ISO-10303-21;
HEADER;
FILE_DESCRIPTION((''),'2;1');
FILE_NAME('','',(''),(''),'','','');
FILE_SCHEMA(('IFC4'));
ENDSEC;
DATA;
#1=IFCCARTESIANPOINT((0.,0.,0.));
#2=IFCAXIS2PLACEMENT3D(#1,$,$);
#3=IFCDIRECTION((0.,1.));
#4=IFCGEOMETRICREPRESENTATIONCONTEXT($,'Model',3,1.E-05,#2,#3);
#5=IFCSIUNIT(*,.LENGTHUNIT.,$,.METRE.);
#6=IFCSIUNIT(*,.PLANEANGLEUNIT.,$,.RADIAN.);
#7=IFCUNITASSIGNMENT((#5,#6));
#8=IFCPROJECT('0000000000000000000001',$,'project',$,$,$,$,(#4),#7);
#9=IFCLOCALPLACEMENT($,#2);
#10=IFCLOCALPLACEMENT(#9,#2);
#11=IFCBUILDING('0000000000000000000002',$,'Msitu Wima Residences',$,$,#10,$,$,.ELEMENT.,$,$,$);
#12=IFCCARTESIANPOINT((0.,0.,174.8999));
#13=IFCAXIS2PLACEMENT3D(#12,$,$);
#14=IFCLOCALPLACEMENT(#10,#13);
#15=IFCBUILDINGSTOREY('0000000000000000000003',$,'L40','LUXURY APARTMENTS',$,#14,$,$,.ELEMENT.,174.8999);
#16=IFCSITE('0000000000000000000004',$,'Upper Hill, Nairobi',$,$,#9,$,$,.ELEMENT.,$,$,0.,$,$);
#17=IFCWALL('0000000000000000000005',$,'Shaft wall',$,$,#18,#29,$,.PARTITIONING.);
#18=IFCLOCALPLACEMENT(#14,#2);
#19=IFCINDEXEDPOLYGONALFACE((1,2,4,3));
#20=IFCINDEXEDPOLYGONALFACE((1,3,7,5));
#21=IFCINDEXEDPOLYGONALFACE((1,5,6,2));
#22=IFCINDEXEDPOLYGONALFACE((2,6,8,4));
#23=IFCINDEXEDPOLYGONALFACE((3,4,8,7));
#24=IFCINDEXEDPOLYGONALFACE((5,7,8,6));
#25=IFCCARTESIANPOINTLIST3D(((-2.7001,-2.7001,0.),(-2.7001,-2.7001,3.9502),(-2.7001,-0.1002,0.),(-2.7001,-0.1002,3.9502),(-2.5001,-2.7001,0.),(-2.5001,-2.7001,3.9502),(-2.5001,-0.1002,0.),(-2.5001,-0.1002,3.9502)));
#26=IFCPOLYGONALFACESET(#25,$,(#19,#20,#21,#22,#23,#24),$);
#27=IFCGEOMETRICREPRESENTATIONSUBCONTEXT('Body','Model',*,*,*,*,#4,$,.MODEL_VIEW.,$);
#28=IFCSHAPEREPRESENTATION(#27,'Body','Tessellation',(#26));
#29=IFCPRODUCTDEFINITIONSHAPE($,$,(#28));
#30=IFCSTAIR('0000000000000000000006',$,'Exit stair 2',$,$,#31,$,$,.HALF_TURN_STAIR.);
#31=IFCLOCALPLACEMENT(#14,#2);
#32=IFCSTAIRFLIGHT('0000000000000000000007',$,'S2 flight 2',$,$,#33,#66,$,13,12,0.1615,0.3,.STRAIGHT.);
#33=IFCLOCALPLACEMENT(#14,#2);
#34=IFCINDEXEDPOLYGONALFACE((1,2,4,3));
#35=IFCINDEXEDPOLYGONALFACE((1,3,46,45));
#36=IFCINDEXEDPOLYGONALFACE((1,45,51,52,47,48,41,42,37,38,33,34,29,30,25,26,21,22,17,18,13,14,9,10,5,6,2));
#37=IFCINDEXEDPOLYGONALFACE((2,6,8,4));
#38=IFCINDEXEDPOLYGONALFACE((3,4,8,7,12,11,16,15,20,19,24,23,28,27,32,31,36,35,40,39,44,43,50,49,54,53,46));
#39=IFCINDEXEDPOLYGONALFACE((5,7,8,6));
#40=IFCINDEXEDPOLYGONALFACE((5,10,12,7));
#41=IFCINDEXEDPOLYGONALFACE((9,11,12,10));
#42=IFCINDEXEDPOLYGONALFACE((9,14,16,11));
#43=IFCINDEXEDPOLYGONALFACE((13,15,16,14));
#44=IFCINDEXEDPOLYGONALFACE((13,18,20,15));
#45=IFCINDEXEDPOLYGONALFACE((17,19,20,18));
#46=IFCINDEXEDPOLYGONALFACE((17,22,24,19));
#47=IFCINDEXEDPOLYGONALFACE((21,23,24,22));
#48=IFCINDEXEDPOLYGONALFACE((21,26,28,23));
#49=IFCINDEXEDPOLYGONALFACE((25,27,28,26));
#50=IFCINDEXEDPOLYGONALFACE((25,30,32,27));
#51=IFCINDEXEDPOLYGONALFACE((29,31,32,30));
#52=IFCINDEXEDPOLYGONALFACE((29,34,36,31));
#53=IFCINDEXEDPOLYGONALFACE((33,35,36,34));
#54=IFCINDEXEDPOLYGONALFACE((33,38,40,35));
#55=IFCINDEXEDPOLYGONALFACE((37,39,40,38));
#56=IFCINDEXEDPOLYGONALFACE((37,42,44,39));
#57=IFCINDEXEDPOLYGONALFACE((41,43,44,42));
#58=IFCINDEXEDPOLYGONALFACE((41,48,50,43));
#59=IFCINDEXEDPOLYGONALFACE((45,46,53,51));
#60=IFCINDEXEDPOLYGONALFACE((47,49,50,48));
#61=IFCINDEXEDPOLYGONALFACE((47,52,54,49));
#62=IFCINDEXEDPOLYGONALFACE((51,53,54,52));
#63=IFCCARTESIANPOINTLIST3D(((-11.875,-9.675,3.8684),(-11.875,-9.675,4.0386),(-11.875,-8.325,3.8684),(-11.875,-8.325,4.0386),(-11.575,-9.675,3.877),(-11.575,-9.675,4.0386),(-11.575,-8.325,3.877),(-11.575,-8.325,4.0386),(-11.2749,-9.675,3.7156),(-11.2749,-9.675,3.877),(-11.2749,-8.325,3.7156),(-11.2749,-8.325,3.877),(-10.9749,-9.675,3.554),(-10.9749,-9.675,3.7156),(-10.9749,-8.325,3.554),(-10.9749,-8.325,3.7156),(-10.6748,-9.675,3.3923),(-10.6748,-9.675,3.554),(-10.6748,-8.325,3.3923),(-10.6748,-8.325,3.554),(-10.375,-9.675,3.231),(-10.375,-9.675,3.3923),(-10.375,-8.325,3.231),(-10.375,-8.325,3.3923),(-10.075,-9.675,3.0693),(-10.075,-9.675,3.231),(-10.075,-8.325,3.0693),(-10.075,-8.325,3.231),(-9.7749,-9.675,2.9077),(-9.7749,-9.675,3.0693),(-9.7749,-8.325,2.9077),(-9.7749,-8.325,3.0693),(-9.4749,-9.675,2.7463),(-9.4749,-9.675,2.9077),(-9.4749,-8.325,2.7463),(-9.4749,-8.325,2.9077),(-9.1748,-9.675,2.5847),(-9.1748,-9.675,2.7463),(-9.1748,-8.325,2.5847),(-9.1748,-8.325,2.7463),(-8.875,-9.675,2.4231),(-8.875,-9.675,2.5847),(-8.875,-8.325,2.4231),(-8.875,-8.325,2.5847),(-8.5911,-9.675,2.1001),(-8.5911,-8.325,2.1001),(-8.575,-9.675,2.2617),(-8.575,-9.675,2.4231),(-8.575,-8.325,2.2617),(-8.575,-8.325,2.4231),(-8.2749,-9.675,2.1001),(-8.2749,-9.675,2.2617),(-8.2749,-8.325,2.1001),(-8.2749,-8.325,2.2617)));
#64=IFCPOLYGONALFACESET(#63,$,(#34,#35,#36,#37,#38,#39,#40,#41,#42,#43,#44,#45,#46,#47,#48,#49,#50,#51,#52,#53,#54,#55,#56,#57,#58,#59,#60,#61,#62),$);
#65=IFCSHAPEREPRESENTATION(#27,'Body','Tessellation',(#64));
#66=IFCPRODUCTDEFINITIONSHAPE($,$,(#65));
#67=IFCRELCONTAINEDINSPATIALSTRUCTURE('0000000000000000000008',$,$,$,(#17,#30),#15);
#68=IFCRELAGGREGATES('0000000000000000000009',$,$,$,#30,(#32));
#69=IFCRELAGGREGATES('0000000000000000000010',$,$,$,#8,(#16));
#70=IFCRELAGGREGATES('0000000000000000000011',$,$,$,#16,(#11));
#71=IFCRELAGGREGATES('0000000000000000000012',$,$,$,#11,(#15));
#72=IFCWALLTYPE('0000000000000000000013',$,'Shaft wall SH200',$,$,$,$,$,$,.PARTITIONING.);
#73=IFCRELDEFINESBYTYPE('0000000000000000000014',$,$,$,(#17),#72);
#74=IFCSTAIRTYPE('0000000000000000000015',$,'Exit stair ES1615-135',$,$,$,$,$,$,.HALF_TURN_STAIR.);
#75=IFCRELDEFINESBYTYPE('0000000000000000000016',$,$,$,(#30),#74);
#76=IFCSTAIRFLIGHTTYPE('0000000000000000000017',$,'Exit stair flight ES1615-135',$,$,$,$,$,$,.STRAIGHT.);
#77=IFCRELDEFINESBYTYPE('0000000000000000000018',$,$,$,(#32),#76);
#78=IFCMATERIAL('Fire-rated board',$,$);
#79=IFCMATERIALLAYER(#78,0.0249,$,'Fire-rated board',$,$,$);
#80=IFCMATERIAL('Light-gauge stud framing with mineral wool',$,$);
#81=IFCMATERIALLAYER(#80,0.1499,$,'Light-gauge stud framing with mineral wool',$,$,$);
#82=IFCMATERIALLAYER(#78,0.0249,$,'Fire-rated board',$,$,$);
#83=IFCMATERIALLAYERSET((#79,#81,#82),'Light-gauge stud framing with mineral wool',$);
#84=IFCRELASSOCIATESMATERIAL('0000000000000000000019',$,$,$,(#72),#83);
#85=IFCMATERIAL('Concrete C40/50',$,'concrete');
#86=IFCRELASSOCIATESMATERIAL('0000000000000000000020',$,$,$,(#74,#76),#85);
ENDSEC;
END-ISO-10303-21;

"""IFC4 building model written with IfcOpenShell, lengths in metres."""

from ifc_helpers import new_model, si_unit, direction, frame, frame_2d, origin, place, context, subcontext, project, spatial, polyline, rectangle, outline, extrude, material, layer, layer_set, type_object, element, aggregate, save


model = new_model("IFC4")

# Units and contexts
model_context = context("Model", 3, precision=1e-05, world=origin(), true_north=direction((0.0, 1.0)))
body_context = subcontext(model_context, "Body", "Model", "MODEL_VIEW")
ifc_project = project(units=[si_unit("LENGTHUNIT", "METRE"), si_unit("PLANEANGLEUNIT", "RADIAN")], contexts=[model_context])

# Site, building, storey
site_placement = place(None, origin())
site = spatial("IfcSite", under=ifc_project, at=site_placement, Name="Upper Hill, Nairobi", CompositionType="ELEMENT", RefElevation=0.0)
building_placement = place(site_placement, origin())
building = spatial("IfcBuilding", under=site, at=building_placement, Name="Msitu Wima Residences", CompositionType="ELEMENT")
storey_placement = place(building_placement, frame((0.0, 0.0, 174.8999)))
storey = spatial("IfcBuildingStorey", under=building, at=storey_placement, Name="L40", Description="LUXURY APARTMENTS", CompositionType="ELEMENT", Elevation=174.8999)

# Shared definitions
ifc_material_1 = material(Name="Fire-rated board")
ifc_layer_1 = layer(ifc_material_1, 0.0249, Name="Fire-rated board")
ifc_material_2 = material(Name="Light-gauge stud framing with mineral wool")
ifc_layer_2 = layer(ifc_material_2, 0.1499, Name="Light-gauge stud framing with mineral wool")
ifc_layer_3 = layer(ifc_material_1, 0.0249, Name="Fire-rated board")
ifc_layer_set_1 = layer_set([ifc_layer_1, ifc_layer_2, ifc_layer_3], Name="Light-gauge stud framing with mineral wool")
wall_type_1 = type_object("IfcWallType", Name="Shaft wall SH200", PredefinedType="PARTITIONING", material=ifc_layer_set_1)

# Wall
for number, where, z_axis, x_axis, name in (
    (1, (-2.6001, -2.7, 0.0), (0.0, 0.0, 1.0), (0.0, 1.0, 0.0), "Shaft wall"),
):
    element("IfcWall", number, at=place(storey_placement, frame(where, z_axis=z_axis, x_axis=x_axis)), inside=storey, type_object=wall_type_1, Name=name, PredefinedType="PARTITIONING", context=body_context, shape_type="SweptSolid", body=[
        extrude(rectangle(XDim=2.5999, YDim=0.2, at=frame_2d((1.2998, 0.0))), origin(), (0.0, 0.0, 1.0), 3.9502),
    ])

# Stair, stair flight
ifc_material_3 = material(Name="Concrete C40/50", Category="concrete")
stair_type = type_object("IfcStairType", Name="Exit stair ES1615-135", PredefinedType="HALF_TURN_STAIR", material=ifc_material_3)
stair_placement = place(storey_placement, origin())
stair = element("IfcStair", 2, at=stair_placement, inside=storey, type_object=stair_type, Name="Exit stair 2", PredefinedType="HALF_TURN_STAIR")
stair_flight_type = type_object("IfcStairFlightType", Name="Exit stair flight ES1615-135", PredefinedType="STRAIGHT", material=ifc_material_3)
stair_flight_placement = place(storey_placement, frame((-8.2749, -9.0, 2.1001), z_axis=(0.0, 0.0, 1.0), x_axis=(-1.0, 0.0, 0.0)))
stair_flight = element("IfcStairFlight", 3, at=stair_flight_placement, type_object=stair_flight_type, Name="S2 flight 2", NumberOfRisers=13, NumberOfTreads=12, PredefinedType="STRAIGHT", RiserHeight=0.1615, TreadLength=0.3, context=body_context, shape_type="SweptSolid", body=[
    extrude(outline(polyline([(0.0, 0.0), (0.0, 0.1616), (0.3, 0.1616), (0.3, 0.323), (0.6001, 0.323), (0.6001, 0.4846), (0.8999, 0.4846), (0.8999, 0.6462), (1.2, 0.6462), (1.2, 0.8076), (1.5, 0.8076), (1.5, 0.9692), (1.8, 0.9692), (1.8, 1.1309), (2.1001, 1.1309), (2.1001, 1.2922), (2.3999, 1.2922), (2.3999, 1.4539), (2.7, 1.4539), (2.7, 1.6155), (3.0, 1.6155), (3.0, 1.7769), (3.3, 1.7769), (3.3, 1.9385), (3.6001, 1.9385), (3.6001, 2.1001), (3.6001, 1.7683), (0.3162, 0.0), (0.0, 0.0)])), frame((0.0, 0.675, 0.0), z_axis=(0.0, -1.0, 0.0), x_axis=(1.0, 0.0, 0.0)), (0.0, 0.0, 1.0), 1.3501),
])
aggregate(stair, [stair_flight])

save(model, "model.ifc")
